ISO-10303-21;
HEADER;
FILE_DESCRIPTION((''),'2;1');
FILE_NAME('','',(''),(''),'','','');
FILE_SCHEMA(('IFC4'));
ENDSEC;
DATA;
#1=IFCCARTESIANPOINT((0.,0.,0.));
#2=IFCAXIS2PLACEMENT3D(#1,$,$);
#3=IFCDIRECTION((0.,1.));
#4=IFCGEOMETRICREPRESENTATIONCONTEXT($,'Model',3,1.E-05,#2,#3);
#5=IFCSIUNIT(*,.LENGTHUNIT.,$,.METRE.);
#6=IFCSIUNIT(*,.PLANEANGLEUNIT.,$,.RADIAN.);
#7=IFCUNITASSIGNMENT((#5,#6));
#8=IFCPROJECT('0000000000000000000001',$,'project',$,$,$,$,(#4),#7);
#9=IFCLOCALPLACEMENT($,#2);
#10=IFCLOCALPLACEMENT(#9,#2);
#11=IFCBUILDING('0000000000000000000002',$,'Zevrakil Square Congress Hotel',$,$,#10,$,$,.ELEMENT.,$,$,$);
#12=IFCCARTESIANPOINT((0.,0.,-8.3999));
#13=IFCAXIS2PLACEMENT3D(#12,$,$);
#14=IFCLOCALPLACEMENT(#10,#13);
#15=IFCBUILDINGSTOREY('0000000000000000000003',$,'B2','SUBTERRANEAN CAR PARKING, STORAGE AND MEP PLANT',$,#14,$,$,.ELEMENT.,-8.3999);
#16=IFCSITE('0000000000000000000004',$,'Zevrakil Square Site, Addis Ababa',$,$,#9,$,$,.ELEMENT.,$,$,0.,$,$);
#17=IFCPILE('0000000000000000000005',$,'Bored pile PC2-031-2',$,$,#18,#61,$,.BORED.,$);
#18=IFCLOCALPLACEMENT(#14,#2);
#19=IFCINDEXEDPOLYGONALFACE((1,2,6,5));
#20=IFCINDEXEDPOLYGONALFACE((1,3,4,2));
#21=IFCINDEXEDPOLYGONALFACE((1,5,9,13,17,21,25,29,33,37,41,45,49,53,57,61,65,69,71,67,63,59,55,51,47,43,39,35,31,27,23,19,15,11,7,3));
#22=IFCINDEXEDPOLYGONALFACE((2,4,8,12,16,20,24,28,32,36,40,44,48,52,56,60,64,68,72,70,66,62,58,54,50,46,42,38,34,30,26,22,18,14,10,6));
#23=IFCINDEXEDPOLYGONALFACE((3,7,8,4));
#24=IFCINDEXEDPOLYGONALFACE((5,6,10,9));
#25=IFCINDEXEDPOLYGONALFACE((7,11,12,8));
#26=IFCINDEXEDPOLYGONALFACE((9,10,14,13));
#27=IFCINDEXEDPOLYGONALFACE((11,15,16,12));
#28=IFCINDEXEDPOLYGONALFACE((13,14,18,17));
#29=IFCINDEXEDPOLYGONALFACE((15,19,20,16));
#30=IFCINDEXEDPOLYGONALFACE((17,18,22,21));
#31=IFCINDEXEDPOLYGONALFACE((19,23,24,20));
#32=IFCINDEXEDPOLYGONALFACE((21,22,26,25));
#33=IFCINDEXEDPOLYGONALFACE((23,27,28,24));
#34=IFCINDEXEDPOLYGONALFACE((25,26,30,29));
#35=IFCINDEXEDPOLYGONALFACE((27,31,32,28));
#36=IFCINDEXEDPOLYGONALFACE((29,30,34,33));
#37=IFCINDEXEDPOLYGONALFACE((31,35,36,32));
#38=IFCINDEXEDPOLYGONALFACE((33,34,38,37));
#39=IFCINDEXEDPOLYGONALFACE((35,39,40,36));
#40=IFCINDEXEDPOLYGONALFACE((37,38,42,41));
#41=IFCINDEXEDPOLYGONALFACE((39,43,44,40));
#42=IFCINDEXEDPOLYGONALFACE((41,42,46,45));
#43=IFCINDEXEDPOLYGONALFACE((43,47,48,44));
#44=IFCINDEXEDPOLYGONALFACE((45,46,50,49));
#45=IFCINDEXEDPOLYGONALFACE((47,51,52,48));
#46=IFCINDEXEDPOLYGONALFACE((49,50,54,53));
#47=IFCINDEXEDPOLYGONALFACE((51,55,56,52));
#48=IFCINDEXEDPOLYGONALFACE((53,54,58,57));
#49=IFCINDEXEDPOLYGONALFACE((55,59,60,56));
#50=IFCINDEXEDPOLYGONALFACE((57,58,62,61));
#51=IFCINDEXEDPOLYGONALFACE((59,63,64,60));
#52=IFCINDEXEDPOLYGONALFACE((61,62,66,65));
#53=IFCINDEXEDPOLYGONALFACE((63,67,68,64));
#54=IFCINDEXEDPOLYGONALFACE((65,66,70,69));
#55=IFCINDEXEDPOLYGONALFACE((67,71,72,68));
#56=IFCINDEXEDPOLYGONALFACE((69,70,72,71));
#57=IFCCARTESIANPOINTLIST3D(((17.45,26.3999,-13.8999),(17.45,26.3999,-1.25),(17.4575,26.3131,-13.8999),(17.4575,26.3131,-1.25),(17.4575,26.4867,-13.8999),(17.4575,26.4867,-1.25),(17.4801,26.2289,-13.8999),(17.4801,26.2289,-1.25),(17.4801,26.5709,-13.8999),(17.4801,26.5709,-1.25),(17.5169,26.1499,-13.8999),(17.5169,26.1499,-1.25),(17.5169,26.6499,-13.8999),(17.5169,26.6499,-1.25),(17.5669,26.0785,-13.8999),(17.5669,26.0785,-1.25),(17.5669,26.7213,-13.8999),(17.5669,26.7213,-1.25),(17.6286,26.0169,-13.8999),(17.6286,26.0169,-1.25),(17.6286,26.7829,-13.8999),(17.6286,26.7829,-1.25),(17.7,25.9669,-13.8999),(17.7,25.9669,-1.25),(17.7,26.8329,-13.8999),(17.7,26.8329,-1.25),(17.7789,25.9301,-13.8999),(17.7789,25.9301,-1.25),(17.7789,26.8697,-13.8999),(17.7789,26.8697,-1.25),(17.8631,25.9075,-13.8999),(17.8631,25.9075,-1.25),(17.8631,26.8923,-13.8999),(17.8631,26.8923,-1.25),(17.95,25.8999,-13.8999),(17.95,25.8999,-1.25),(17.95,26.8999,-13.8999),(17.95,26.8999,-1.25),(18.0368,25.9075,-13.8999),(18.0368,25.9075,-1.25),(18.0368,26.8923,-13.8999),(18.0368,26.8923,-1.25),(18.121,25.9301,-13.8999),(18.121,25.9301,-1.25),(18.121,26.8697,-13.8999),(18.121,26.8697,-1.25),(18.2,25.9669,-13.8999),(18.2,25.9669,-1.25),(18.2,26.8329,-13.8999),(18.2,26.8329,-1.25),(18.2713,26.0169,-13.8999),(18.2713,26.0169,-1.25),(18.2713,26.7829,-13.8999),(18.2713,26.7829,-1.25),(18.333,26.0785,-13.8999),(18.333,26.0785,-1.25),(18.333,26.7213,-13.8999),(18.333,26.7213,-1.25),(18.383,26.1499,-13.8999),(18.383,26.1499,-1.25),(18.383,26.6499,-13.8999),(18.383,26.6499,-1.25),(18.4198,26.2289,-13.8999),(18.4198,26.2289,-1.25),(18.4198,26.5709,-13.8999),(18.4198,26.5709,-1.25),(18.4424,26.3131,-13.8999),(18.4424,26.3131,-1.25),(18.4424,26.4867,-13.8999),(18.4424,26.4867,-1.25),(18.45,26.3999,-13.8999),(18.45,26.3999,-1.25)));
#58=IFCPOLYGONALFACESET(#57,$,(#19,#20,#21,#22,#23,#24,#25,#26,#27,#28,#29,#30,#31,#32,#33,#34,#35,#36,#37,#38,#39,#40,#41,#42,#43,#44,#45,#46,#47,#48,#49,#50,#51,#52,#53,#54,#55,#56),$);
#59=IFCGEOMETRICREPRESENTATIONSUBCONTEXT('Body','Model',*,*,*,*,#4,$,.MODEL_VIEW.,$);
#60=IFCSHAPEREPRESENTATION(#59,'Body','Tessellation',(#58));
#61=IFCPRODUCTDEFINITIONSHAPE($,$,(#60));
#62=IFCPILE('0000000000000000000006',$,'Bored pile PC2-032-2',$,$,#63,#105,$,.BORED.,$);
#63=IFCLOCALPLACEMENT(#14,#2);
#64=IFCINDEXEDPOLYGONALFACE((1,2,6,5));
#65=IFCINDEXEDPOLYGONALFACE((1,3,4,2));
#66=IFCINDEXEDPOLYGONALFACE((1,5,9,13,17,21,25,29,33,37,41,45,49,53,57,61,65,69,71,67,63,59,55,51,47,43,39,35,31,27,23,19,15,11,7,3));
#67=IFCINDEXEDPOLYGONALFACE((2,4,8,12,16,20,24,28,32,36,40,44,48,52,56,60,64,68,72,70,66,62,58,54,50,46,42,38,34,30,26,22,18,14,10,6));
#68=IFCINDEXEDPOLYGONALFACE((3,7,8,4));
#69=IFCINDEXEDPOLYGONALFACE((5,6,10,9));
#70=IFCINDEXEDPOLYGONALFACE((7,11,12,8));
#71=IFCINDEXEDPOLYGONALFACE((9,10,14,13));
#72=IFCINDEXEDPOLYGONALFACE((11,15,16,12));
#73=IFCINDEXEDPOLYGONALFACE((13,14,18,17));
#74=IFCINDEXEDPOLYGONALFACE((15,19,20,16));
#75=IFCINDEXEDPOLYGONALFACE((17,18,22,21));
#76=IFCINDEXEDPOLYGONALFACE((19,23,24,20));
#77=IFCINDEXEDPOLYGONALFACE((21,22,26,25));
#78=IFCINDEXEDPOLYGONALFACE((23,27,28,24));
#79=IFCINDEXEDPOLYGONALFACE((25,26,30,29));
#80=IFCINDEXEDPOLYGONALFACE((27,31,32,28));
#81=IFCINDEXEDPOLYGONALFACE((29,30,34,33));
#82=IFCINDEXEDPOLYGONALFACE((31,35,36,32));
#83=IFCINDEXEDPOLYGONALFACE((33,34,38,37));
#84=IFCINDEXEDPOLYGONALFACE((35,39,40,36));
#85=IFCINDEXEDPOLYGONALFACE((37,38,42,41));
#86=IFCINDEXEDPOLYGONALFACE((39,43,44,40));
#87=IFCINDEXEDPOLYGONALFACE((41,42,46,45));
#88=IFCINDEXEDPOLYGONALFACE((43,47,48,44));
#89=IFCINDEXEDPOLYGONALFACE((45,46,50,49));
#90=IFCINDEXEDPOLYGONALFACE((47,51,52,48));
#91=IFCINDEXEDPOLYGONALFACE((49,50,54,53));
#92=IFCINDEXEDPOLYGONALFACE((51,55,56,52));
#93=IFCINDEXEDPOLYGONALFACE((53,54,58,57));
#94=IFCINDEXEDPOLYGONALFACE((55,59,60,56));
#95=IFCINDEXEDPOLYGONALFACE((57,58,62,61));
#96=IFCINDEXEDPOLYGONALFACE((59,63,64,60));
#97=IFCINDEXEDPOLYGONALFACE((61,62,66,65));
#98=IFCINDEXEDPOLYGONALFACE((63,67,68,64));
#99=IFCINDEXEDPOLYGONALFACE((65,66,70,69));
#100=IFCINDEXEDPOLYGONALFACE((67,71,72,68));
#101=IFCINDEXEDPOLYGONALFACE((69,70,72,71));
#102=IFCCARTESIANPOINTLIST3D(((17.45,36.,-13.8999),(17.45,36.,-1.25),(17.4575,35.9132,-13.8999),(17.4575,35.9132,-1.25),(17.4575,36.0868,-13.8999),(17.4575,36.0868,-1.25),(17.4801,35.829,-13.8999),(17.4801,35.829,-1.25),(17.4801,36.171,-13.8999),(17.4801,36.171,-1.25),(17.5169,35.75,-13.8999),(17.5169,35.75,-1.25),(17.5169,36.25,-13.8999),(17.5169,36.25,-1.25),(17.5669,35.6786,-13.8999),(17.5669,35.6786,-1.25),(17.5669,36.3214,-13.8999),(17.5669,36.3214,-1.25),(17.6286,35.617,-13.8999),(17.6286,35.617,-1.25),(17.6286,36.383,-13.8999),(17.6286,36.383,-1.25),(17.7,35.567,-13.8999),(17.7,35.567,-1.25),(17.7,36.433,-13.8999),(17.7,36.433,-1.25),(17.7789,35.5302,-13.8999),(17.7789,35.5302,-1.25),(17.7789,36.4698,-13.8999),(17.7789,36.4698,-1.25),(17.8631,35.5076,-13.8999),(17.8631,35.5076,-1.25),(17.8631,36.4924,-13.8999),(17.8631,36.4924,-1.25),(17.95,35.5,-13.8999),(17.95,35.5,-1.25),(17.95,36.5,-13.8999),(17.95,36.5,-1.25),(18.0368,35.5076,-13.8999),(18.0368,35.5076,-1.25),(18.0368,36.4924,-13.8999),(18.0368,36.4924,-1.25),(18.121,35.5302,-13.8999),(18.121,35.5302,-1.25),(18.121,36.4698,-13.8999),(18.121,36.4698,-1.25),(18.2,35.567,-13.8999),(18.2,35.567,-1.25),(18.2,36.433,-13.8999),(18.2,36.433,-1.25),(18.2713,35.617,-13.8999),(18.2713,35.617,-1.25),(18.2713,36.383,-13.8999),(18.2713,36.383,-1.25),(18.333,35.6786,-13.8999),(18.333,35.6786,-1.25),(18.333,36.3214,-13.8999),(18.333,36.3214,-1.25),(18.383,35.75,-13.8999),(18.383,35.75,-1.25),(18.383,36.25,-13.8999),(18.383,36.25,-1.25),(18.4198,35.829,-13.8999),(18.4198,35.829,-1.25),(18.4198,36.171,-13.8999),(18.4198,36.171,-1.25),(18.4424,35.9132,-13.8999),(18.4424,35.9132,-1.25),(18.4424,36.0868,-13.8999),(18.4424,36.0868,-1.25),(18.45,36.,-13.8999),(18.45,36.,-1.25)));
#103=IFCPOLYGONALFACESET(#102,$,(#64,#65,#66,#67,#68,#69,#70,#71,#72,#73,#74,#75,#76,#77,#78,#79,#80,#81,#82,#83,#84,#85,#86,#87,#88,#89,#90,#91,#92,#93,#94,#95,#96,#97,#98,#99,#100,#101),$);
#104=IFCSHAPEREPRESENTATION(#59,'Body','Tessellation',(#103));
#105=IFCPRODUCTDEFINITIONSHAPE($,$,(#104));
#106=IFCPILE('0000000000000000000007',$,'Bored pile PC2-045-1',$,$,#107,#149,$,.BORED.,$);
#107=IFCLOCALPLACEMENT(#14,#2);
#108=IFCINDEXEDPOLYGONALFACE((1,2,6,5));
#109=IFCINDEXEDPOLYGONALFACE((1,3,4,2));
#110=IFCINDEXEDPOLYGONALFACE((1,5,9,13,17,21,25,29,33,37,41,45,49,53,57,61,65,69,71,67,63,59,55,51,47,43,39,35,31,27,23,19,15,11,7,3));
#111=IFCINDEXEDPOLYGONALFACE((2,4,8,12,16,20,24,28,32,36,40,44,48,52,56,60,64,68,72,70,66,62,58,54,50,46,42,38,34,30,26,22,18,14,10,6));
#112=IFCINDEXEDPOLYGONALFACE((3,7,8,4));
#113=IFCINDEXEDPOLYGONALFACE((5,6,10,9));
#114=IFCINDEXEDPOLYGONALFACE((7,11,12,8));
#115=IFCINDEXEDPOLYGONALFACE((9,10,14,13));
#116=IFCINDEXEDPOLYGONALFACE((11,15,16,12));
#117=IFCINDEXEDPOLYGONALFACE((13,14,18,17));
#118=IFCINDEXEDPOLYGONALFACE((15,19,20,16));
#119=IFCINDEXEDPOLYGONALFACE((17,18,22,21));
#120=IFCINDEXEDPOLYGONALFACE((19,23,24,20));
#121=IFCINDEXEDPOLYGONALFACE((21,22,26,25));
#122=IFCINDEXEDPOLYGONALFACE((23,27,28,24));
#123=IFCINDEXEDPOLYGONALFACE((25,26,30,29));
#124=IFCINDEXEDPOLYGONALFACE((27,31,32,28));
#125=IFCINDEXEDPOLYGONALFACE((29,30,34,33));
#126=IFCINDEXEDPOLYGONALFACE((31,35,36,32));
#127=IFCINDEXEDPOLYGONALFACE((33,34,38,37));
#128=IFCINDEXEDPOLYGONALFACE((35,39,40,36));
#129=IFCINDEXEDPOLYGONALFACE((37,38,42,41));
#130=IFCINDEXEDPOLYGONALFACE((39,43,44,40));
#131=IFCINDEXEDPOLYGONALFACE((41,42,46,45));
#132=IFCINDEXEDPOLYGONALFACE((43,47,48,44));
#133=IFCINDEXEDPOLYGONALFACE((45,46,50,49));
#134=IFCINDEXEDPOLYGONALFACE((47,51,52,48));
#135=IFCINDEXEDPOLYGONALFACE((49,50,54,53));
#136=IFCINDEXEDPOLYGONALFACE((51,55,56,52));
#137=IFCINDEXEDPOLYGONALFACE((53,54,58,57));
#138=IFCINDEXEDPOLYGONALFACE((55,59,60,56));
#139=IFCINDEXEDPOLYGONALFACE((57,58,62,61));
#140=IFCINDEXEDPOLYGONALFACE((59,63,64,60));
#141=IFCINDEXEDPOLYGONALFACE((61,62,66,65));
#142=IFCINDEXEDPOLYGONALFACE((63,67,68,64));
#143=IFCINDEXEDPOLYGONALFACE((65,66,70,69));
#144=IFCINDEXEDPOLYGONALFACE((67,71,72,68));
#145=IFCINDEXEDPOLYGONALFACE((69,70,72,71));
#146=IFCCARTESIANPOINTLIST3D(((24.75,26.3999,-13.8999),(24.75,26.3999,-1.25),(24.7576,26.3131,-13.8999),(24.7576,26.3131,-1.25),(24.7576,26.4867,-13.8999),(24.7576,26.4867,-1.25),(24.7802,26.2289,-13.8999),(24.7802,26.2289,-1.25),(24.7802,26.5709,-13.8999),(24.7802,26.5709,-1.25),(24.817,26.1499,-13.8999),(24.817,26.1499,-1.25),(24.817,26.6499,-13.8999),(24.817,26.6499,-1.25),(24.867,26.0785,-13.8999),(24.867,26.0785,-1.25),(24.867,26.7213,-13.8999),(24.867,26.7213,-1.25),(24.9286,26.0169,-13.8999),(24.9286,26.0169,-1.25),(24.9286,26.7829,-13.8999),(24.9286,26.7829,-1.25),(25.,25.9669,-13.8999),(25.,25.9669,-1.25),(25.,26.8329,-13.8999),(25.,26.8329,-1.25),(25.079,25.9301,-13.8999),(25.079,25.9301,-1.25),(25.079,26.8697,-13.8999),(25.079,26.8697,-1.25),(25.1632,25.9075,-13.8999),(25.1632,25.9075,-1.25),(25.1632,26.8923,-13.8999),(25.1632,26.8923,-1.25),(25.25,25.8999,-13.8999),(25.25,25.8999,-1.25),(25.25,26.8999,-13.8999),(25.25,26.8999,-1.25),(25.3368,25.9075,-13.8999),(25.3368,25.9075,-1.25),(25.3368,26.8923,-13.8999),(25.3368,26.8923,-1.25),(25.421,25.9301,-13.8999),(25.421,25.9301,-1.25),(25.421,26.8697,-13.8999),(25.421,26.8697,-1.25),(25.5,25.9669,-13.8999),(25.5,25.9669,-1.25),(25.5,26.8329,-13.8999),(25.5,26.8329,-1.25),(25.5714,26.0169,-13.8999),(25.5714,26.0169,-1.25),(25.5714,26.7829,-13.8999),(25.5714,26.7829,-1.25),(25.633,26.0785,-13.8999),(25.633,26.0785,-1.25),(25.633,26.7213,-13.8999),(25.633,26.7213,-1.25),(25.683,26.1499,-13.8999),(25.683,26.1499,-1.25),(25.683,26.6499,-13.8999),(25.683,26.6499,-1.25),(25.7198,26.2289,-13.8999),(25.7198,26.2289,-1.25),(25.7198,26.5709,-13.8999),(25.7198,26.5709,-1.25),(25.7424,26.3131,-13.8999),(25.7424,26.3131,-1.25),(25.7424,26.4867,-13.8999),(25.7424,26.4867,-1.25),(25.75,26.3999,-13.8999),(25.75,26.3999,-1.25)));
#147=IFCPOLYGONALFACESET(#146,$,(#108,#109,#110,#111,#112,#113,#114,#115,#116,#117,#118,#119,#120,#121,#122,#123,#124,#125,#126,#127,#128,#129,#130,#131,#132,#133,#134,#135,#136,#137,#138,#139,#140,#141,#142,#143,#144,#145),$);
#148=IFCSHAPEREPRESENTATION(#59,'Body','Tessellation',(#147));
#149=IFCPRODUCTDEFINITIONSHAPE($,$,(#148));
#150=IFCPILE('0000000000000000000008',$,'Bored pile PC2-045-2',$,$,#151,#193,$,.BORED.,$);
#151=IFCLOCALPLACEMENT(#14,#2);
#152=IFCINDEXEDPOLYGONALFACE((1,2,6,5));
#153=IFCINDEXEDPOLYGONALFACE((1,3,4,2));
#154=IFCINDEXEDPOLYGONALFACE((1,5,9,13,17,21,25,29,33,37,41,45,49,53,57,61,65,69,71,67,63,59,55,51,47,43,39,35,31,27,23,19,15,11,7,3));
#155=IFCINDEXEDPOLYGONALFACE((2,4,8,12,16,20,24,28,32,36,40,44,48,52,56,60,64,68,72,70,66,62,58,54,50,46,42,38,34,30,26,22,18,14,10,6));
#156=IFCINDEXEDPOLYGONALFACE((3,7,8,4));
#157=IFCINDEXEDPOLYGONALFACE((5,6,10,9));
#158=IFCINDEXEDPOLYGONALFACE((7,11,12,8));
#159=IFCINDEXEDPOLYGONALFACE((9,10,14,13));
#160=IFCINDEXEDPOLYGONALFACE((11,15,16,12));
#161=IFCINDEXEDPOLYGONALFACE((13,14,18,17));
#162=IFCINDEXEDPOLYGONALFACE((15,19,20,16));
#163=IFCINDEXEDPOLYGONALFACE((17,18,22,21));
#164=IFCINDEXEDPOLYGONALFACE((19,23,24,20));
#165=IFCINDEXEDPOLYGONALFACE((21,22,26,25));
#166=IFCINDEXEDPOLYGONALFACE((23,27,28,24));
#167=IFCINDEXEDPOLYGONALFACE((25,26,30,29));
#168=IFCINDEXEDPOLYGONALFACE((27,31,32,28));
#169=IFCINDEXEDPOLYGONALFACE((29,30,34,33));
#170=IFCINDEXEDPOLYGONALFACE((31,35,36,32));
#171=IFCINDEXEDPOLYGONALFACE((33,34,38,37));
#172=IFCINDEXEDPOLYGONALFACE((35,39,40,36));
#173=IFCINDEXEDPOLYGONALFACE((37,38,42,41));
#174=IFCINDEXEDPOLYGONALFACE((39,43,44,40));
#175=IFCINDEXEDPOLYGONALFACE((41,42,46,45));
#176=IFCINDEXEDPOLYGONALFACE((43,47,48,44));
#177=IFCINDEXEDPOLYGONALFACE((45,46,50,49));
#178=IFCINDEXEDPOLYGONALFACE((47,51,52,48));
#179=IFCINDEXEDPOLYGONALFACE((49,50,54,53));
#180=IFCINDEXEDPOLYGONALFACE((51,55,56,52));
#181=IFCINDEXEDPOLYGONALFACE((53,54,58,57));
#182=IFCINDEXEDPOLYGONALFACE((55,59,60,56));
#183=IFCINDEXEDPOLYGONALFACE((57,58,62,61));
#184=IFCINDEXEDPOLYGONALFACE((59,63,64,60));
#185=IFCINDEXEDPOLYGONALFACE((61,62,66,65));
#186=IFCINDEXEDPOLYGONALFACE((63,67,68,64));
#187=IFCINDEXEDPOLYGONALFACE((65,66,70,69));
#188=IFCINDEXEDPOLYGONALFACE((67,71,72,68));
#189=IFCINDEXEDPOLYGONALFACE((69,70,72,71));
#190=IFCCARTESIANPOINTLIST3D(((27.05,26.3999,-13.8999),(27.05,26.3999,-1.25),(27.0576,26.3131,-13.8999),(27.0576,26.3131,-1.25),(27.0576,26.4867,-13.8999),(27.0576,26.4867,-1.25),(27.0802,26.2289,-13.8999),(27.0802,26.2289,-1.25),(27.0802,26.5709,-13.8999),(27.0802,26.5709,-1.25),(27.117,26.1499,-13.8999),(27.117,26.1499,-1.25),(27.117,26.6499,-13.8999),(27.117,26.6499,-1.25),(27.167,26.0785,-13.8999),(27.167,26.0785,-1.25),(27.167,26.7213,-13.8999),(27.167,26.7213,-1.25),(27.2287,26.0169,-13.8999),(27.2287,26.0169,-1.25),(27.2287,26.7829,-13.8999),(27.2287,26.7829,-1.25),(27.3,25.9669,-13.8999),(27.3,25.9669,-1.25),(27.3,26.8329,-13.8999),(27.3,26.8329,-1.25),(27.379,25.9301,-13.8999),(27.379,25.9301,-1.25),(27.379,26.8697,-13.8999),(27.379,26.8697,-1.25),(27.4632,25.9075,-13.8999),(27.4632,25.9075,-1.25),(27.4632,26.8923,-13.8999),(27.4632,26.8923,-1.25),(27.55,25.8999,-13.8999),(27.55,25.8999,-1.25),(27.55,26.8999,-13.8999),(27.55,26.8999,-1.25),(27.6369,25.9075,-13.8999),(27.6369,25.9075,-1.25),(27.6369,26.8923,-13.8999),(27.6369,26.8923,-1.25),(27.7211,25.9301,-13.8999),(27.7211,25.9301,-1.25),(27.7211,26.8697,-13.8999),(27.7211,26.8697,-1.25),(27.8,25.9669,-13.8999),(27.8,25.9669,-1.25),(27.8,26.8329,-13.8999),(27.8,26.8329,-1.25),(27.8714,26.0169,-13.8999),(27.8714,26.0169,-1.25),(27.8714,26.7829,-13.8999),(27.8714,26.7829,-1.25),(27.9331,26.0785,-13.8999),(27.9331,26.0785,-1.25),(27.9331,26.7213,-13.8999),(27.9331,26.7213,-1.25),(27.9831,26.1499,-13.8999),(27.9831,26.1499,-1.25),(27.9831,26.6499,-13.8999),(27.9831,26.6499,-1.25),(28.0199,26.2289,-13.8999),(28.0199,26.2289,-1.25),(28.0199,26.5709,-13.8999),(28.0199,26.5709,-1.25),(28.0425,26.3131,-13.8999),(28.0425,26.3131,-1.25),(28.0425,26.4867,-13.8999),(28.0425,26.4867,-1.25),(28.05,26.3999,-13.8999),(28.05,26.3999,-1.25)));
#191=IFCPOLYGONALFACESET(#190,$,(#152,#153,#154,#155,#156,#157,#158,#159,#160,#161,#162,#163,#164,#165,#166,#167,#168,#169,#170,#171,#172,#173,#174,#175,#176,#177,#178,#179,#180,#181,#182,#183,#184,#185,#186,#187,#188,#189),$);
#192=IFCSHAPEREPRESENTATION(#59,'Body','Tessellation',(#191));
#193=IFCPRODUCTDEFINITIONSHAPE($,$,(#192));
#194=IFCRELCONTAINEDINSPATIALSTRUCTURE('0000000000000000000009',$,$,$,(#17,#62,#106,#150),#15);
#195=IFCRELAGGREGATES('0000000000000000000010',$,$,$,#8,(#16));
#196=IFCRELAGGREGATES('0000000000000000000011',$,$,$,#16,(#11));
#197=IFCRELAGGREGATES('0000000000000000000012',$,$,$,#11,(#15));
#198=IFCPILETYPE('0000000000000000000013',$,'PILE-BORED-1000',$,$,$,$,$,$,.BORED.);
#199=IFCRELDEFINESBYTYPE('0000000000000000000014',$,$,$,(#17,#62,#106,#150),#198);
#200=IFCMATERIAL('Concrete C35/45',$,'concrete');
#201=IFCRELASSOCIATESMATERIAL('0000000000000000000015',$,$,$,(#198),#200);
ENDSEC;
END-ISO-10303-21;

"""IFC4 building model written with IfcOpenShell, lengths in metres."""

from ifc_helpers import new_model, si_unit, direction, frame, origin, origin_2d, place, context, subcontext, project, spatial, circle, extrude, material, material_profile, profile_set, type_object, element, save


model = new_model("IFC4")

# Units and contexts
model_context = context("Model", 3, precision=1e-05, world=origin(), true_north=direction((0.0, 1.0)))
body_context = subcontext(model_context, "Body", "Model", "MODEL_VIEW")
ifc_project = project(units=[si_unit("LENGTHUNIT", "METRE"), si_unit("PLANEANGLEUNIT", "RADIAN")], contexts=[model_context])

# Site, building, storey
site_placement = place(None, origin())
site = spatial("IfcSite", under=ifc_project, at=site_placement, Name="Zevrakil Square Site, Addis Ababa", CompositionType="ELEMENT", RefElevation=0.0)
building_placement = place(site_placement, origin())
building = spatial("IfcBuilding", under=site, at=building_placement, Name="Zevrakil Square Congress Hotel", CompositionType="ELEMENT")
storey_placement = place(building_placement, frame((0.0, 0.0, -8.3999)))
storey = spatial("IfcBuildingStorey", under=building, at=storey_placement, Name="B2", Description="SUBTERRANEAN CAR PARKING, STORAGE AND MEP PLANT", CompositionType="ELEMENT", Elevation=-8.3999)

# Piles
ifc_material_1 = material(Name="Concrete C35/45", Category="concrete")
ifc_material_profile_1 = material_profile(ifc_material_1, circle(Radius=0.5, at=origin_2d()), Name="PILE D1000")
ifc_profile_set_1 = profile_set([ifc_material_profile_1], Name="Concrete C35/45")
pile_type = type_object("IfcPileType", Name="PILE-BORED-1000", PredefinedType="BORED", material=ifc_profile_set_1)
for number, where, z_axis, x_axis, name in (
    (1, (17.95, 26.3999, -1.25), (0.0, 0.0, -1.0), (1.0, 0.0, 0.0), "Bored pile PC2-031-2"),
    (2, (17.95, 36.0, -1.25), (0.0, 0.0, -1.0), (1.0, 0.0, 0.0), "Bored pile PC2-032-2"),
    (3, (25.25, 26.3999, -1.25), (0.0, 0.0, -1.0), (1.0, 0.0, 0.0), "Bored pile PC2-045-1"),
    (4, (27.55, 26.3999, -1.25), (0.0, 0.0, -1.0), (1.0, 0.0, 0.0), "Bored pile PC2-045-2"),
):
    element("IfcPile", number, at=place(storey_placement, frame(where, z_axis=z_axis, x_axis=x_axis)), inside=storey, type_object=pile_type, Name=name, PredefinedType="BORED", context=body_context, shape_type="SweptSolid", body=[
        extrude(circle(Radius=0.5, at=origin_2d()), origin(), (0.0, 0.0, 1.0), 12.6499),
    ])

save(model, "model.ifc")
